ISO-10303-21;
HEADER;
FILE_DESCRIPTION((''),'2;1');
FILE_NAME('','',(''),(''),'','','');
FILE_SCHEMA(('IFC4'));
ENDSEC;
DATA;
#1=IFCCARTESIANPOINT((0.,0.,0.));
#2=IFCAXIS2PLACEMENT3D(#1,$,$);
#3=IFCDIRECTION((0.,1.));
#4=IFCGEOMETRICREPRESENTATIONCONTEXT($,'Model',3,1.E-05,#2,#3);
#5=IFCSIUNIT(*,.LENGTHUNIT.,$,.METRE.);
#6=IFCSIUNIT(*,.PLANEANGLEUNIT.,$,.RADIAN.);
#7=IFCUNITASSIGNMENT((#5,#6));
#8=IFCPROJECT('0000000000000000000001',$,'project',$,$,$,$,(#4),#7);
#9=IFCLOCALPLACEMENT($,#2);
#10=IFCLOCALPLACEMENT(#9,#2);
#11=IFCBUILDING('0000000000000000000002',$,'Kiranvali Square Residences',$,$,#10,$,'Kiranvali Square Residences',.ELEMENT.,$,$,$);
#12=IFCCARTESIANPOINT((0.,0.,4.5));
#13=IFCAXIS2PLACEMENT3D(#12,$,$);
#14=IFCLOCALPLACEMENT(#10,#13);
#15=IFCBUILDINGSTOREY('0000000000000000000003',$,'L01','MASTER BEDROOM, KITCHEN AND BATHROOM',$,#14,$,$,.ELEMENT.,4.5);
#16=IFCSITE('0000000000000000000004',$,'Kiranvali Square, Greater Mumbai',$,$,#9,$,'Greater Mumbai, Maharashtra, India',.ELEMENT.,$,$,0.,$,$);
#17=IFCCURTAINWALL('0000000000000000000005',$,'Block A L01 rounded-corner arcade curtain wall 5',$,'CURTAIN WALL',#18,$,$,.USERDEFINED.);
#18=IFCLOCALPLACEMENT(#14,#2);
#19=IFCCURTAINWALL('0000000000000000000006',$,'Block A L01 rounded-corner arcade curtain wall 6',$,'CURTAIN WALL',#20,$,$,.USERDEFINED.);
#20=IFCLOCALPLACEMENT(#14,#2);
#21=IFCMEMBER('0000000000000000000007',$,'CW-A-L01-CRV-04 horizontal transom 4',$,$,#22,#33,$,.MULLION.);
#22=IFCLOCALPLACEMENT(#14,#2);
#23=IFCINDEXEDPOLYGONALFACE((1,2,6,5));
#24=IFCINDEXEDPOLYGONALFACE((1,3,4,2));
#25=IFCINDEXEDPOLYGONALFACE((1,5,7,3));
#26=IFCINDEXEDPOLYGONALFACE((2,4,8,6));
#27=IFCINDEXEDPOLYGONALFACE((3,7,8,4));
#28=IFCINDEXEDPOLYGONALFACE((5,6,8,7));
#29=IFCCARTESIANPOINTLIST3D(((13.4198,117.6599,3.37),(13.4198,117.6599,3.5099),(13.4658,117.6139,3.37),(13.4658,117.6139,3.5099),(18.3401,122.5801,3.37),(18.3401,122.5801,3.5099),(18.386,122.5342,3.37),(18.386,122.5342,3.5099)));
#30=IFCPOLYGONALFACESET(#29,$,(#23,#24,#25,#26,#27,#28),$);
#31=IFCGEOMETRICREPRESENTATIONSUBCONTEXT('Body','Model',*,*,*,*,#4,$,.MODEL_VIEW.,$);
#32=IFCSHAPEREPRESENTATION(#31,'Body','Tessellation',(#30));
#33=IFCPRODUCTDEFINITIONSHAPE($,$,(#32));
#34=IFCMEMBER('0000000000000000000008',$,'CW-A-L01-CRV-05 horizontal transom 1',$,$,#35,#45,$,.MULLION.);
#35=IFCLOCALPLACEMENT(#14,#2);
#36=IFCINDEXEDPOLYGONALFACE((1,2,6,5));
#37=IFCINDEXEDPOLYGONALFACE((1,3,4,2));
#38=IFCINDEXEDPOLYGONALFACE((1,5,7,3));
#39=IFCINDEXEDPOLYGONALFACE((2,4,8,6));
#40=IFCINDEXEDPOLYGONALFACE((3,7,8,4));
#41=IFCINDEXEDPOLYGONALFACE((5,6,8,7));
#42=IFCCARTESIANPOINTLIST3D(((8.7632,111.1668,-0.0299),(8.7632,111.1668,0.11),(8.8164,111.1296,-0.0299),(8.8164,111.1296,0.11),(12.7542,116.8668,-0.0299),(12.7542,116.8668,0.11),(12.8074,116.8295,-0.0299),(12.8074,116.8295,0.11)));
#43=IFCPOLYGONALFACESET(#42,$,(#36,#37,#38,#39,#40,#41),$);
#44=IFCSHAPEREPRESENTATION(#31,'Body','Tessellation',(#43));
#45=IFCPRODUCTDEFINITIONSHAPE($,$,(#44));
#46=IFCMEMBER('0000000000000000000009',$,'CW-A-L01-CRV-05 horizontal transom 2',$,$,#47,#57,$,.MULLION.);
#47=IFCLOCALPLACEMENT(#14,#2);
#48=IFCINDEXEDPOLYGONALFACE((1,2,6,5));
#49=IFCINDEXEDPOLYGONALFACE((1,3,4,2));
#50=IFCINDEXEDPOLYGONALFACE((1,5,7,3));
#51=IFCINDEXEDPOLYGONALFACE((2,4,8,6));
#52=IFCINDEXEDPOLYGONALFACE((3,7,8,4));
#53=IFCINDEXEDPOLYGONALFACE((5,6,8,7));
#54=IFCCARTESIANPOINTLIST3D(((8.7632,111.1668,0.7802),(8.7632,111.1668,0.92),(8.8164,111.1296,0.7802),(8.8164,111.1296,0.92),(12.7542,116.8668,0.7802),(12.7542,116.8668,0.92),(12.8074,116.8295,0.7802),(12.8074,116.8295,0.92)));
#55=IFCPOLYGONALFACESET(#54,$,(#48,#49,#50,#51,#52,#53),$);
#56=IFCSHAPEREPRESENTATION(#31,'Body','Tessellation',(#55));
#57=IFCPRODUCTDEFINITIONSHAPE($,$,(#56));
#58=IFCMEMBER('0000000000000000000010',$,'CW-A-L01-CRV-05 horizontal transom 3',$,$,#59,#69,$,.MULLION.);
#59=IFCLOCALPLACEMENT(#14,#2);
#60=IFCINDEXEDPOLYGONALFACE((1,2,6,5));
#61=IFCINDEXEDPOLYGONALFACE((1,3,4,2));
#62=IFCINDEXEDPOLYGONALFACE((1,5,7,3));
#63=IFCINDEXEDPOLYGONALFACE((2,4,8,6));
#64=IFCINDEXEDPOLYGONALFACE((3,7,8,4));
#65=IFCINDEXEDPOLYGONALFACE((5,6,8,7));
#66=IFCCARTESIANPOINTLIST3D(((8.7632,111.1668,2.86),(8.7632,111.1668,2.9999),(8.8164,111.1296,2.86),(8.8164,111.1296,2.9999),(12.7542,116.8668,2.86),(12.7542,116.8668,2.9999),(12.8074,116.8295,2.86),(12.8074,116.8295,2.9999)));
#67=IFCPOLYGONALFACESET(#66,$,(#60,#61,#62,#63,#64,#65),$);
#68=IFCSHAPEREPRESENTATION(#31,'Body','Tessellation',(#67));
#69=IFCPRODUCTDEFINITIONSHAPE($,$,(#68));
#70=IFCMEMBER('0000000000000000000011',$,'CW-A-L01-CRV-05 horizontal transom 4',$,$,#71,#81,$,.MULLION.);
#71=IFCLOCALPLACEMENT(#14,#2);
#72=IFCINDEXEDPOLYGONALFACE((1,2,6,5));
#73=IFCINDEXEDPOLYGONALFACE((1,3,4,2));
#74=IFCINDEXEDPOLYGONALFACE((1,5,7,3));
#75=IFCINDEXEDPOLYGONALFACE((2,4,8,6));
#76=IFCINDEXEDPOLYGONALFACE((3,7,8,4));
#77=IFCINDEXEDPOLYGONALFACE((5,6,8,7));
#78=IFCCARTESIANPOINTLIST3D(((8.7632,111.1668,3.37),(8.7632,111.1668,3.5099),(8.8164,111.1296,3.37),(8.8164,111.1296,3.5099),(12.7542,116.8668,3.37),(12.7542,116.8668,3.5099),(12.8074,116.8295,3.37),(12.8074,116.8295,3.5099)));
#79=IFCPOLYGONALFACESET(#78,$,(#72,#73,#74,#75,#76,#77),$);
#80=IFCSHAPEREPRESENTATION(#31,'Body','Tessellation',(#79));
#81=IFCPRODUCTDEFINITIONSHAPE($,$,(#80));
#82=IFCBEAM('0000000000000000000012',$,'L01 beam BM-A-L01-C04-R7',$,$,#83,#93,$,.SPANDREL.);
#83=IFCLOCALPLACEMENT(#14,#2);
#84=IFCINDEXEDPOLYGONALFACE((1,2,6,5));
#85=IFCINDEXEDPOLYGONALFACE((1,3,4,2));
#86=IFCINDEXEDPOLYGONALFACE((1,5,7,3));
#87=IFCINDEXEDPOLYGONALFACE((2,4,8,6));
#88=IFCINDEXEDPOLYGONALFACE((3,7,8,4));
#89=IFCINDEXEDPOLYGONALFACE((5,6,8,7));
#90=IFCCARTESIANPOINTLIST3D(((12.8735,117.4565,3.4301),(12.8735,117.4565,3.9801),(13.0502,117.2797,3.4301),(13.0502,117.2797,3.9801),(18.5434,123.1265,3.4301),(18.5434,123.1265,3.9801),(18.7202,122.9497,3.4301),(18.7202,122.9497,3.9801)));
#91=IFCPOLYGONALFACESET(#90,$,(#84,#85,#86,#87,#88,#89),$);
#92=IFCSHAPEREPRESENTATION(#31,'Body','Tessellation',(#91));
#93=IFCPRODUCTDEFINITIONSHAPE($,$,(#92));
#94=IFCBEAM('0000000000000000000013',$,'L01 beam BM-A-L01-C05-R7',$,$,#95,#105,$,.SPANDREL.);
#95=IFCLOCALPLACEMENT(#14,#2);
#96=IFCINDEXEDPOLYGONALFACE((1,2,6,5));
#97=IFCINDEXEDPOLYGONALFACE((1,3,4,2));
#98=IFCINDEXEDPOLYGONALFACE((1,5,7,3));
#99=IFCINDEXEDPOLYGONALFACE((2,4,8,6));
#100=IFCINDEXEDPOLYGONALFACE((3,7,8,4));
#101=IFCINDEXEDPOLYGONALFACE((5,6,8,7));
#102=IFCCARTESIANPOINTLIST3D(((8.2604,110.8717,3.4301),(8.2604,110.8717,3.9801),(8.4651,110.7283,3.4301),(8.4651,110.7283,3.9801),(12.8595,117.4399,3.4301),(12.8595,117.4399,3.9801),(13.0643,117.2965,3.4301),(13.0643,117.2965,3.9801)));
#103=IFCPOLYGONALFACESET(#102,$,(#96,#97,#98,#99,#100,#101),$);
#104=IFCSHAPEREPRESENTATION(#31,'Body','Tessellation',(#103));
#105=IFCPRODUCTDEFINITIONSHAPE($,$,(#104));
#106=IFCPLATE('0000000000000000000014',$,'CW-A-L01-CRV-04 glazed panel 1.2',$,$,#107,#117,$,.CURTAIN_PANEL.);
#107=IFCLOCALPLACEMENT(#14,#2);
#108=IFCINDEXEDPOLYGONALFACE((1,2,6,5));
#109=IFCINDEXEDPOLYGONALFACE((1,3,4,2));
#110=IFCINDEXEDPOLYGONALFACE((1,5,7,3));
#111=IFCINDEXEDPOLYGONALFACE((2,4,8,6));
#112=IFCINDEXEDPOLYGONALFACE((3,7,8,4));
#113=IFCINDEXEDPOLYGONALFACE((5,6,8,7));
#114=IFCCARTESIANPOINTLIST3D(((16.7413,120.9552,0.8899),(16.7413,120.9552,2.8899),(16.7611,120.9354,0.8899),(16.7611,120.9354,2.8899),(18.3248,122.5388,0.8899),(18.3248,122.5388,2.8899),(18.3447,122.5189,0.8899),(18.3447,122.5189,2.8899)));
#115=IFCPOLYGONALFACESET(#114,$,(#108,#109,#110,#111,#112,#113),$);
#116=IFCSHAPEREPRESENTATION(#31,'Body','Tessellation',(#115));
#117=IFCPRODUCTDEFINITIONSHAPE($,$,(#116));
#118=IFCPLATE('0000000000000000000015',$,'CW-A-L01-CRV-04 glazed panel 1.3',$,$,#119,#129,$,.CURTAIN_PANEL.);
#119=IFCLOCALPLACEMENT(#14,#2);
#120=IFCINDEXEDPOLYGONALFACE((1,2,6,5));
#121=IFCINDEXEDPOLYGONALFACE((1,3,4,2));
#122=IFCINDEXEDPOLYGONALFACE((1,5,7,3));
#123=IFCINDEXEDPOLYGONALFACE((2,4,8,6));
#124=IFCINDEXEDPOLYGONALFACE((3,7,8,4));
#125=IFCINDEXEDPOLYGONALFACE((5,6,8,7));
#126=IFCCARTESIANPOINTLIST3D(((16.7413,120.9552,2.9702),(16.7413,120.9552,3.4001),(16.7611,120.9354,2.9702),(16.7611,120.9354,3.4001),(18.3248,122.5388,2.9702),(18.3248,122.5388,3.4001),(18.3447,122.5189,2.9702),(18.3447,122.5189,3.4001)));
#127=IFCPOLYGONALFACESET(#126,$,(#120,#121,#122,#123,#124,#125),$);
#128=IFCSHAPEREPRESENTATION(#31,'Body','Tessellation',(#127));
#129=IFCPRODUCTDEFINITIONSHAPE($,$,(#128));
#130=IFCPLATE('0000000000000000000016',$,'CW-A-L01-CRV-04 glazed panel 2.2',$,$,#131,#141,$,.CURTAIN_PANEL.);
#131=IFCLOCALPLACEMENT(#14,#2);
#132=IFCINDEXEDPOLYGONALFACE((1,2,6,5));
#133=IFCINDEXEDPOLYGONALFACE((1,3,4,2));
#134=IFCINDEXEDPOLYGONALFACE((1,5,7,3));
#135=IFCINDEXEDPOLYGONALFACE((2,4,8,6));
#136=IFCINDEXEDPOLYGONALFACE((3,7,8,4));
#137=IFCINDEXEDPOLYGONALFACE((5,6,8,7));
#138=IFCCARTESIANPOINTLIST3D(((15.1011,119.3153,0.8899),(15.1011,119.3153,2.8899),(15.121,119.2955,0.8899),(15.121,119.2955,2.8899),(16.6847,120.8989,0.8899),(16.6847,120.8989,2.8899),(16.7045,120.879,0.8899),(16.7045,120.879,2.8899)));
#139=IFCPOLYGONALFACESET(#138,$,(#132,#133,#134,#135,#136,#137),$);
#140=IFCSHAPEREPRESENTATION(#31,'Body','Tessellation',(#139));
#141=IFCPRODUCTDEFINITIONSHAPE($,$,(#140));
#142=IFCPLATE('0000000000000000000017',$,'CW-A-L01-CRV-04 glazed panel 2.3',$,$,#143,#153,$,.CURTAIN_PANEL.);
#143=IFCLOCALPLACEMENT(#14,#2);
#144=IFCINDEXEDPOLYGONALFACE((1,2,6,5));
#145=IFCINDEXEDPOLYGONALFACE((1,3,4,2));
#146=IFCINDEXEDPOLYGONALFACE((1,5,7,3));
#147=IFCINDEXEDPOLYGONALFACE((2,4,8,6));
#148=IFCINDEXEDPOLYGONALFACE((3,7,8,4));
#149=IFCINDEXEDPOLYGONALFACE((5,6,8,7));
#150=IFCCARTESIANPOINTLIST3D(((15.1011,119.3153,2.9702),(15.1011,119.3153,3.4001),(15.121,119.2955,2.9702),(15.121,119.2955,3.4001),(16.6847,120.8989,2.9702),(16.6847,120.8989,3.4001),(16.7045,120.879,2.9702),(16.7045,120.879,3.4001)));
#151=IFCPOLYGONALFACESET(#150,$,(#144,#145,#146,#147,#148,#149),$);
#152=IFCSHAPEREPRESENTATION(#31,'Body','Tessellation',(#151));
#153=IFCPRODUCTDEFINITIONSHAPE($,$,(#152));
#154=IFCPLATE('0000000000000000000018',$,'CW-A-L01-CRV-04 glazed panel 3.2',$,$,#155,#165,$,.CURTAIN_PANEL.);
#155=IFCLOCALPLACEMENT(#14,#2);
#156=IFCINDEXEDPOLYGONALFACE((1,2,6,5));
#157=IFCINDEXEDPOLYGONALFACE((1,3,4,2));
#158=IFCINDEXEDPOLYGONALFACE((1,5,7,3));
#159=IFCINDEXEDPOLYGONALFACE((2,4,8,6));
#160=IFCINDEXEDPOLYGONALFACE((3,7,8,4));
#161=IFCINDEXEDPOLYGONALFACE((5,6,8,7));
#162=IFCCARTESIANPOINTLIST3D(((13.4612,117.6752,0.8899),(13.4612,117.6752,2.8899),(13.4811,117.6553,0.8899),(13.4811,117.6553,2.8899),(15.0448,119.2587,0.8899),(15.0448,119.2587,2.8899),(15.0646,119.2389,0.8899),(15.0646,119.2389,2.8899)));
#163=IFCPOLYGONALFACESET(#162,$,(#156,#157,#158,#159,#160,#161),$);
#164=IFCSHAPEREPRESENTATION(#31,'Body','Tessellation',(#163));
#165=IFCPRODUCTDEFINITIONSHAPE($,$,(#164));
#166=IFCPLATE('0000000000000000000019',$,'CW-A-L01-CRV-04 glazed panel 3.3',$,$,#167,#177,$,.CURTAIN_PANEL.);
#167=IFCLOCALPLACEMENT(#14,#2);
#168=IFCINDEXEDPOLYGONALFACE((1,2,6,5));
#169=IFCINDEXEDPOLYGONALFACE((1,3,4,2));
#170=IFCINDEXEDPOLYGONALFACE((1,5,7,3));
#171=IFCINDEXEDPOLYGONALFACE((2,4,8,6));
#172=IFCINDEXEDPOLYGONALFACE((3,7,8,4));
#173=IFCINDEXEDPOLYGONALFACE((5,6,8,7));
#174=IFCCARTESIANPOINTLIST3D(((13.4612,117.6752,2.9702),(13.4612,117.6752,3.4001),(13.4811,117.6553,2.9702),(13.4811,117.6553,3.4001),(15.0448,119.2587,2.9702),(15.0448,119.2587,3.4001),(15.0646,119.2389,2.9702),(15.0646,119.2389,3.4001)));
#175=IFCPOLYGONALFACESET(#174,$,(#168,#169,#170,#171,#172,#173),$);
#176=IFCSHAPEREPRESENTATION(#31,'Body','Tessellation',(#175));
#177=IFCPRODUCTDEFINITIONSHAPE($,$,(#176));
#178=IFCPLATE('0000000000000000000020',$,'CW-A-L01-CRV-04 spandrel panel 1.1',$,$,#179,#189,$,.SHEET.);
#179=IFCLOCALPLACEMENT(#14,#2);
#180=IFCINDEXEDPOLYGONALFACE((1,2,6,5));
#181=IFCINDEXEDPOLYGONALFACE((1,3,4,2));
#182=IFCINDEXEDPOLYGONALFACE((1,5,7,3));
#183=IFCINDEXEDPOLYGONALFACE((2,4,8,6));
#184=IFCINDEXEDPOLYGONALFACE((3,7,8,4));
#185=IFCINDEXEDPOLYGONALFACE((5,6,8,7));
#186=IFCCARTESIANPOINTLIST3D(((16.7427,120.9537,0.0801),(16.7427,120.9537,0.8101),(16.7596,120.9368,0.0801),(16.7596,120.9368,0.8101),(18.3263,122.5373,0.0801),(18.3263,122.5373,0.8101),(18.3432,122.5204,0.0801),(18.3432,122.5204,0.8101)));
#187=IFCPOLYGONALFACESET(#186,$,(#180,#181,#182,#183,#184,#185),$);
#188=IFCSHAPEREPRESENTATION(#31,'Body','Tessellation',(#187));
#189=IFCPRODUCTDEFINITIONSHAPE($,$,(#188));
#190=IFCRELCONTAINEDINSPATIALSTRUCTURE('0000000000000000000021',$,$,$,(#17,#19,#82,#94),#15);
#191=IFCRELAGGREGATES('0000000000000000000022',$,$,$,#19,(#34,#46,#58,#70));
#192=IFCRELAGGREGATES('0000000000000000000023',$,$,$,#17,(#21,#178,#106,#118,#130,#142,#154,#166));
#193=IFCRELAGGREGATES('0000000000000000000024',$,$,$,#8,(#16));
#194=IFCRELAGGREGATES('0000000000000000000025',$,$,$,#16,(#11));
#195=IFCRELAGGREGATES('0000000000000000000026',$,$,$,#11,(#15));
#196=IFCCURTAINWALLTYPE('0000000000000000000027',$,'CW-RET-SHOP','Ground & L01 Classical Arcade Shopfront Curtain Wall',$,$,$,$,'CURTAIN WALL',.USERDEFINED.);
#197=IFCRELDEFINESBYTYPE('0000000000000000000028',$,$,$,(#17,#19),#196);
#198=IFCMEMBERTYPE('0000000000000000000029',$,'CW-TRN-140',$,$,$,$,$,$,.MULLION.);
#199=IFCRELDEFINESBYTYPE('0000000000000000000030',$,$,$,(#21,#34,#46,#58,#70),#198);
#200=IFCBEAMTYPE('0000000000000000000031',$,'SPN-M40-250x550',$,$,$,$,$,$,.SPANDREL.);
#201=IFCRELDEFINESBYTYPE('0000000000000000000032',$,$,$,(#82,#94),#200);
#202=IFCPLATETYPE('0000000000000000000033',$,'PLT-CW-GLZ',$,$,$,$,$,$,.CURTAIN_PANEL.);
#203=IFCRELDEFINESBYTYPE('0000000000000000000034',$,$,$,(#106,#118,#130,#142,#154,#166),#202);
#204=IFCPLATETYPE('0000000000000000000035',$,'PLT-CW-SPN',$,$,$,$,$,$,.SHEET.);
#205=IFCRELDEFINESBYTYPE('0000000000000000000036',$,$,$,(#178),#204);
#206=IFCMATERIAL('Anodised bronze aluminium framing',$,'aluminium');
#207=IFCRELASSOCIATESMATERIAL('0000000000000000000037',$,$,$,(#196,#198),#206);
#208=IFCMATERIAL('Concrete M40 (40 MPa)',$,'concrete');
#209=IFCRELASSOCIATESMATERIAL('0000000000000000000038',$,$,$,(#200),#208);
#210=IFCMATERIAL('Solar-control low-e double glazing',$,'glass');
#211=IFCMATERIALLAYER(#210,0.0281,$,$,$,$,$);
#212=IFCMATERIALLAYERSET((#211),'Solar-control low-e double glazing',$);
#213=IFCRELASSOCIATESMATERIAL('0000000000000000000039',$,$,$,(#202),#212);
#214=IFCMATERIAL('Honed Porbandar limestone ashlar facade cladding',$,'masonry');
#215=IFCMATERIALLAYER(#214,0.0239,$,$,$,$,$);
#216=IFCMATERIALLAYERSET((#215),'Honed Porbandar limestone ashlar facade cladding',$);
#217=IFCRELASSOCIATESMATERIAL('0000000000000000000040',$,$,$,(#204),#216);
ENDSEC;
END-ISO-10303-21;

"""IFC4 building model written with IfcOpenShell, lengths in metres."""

from ifc_helpers import new_model, si_unit, direction, frame, origin, origin_2d, place, context, subcontext, project, spatial, rectangle, extrude, material, layer, layer_set, material_profile, profile_set, type_object, element, aggregate, save


model = new_model("IFC4")

# Units and contexts
model_context = context("Model", 3, precision=1e-05, world=origin(), true_north=direction((0.0, 1.0)))
body_context = subcontext(model_context, "Body", "Model", "MODEL_VIEW")
ifc_project = project(units=[si_unit("LENGTHUNIT", "METRE"), si_unit("PLANEANGLEUNIT", "RADIAN")], contexts=[model_context])

# Site, building, storey
site_placement = place(None, origin())
site = spatial("IfcSite", under=ifc_project, at=site_placement, Name="Kiranvali Square, Greater Mumbai", LongName="Greater Mumbai, Maharashtra, India", CompositionType="ELEMENT", RefElevation=0.0)
building_placement = place(site_placement, origin())
building = spatial("IfcBuilding", under=site, at=building_placement, Name="Kiranvali Square Residences", LongName="Kiranvali Square Residences", CompositionType="ELEMENT")
storey_placement = place(building_placement, frame((0.0, 0.0, 4.5)))
storey = spatial("IfcBuildingStorey", under=building, at=storey_placement, Name="L01", Description="MASTER BEDROOM, KITCHEN AND BATHROOM", CompositionType="ELEMENT", Elevation=4.5)

# Shared definitions
ifc_material_1 = material(Name="Concrete M40 (40 MPa)", Category="concrete")

# Shared definitions
ifc_material_2 = material(Name="Anodised bronze aluminium framing", Category="aluminium")
curtain_wall_type = type_object("IfcCurtainWallType", Name="CW-RET-SHOP", Description="Ground & L01 Classical Arcade Shopfront Curtain Wall", ElementType="CURTAIN WALL", PredefinedType="USERDEFINED", material=ifc_material_2)

# Curtain wall
curtain_wall_1_placement = place(storey_placement, origin())
curtain_wall_1 = element("IfcCurtainWall", 1, at=curtain_wall_1_placement, inside=storey, type_object=curtain_wall_type, Name="Block A L01 rounded-corner arcade curtain wall 5", ObjectType="CURTAIN WALL", PredefinedType="USERDEFINED")

# Curtain wall
curtain_wall_2_placement = place(storey_placement, origin())
curtain_wall_2 = element("IfcCurtainWall", 2, at=curtain_wall_2_placement, inside=storey, type_object=curtain_wall_type, Name="Block A L01 rounded-corner arcade curtain wall 6", ObjectType="CURTAIN WALL", PredefinedType="USERDEFINED")

# Members
ifc_material_profile_1 = material_profile(ifc_material_2, rectangle(XDim=0.0649, YDim=0.1399, at=origin_2d()), Name="ALU 65x140")
ifc_profile_set_1 = profile_set([ifc_material_profile_1], Name="Anodised bronze aluminium framing")
member_type_1 = type_object("IfcMemberType", Name="CW-TRN-140", PredefinedType="MULLION", material=ifc_profile_set_1)
member_1_placement = place(storey_placement, frame((18.363, 122.5571, 3.4399), z_axis=(-0.707107, -0.707107, 0.0), x_axis=(0.707107, -0.707107, 0.0)))
member_1 = element("IfcMember", 3, at=member_1_placement, type_object=member_type_1, Name="CW-A-L01-CRV-04 horizontal transom 4", PredefinedType="MULLION", context=body_context, shape_type="SweptSolid", body=[
    extrude(rectangle(XDim=0.0649, YDim=0.1399, at=origin_2d()), origin(), (0.0, 0.0, 1.0), 6.9583),
])
member_2_placement = place(storey_placement, frame((12.7808, 116.8481, 0.04), z_axis=(-0.573559, -0.819164, 0.0), x_axis=(0.819164, -0.573559, 0.0)))
member_2 = element("IfcMember", 4, at=member_2_placement, type_object=member_type_1, Name="CW-A-L01-CRV-05 horizontal transom 1", PredefinedType="MULLION", context=body_context, shape_type="SweptSolid", body=[
    extrude(rectangle(XDim=0.0649, YDim=0.1399, at=origin_2d()), origin(), (0.0, 0.0, 1.0), 6.9583),
])
member_3_placement = place(storey_placement, frame((12.7808, 116.8481, 0.8501), z_axis=(-0.573559, -0.819164, 0.0), x_axis=(0.819164, -0.573559, 0.0)))
member_3 = element("IfcMember", 5, at=member_3_placement, type_object=member_type_1, Name="CW-A-L01-CRV-05 horizontal transom 2", PredefinedType="MULLION", context=body_context, shape_type="SweptSolid", body=[
    extrude(rectangle(XDim=0.0649, YDim=0.1399, at=origin_2d()), origin(), (0.0, 0.0, 1.0), 6.9583),
])
member_4_placement = place(storey_placement, frame((12.7808, 116.8481, 2.9299), z_axis=(-0.573559, -0.819164, 0.0), x_axis=(0.819164, -0.573559, 0.0)))
member_4 = element("IfcMember", 6, at=member_4_placement, type_object=member_type_1, Name="CW-A-L01-CRV-05 horizontal transom 3", PredefinedType="MULLION", context=body_context, shape_type="SweptSolid", body=[
    extrude(rectangle(XDim=0.0649, YDim=0.1399, at=origin_2d()), origin(), (0.0, 0.0, 1.0), 6.9583),
])
member_5_placement = place(storey_placement, frame((12.7808, 116.8481, 3.4399), z_axis=(-0.573559, -0.819164, 0.0), x_axis=(0.819164, -0.573559, 0.0)))
member_5 = element("IfcMember", 7, at=member_5_placement, type_object=member_type_1, Name="CW-A-L01-CRV-05 horizontal transom 4", PredefinedType="MULLION", context=body_context, shape_type="SweptSolid", body=[
    extrude(rectangle(XDim=0.0649, YDim=0.1399, at=origin_2d()), origin(), (0.0, 0.0, 1.0), 6.9583),
])
aggregate(curtain_wall_2, [member_2, member_3, member_4, member_5])

# Beams
ifc_material_profile_2 = material_profile(ifc_material_1, rectangle(XDim=0.25, YDim=0.55, at=origin_2d()), Name="RC 250x550")
ifc_profile_set_2 = profile_set([ifc_material_profile_2], Name="Concrete M40 (40 MPa)")
beam_type_1 = type_object("IfcBeamType", Name="SPN-M40-250x550", PredefinedType="SPANDREL", material=ifc_profile_set_2)
beam_1_placement = place(storey_placement, frame((18.6318, 123.0381, 3.7051), z_axis=(-0.707107, -0.707107, 0.0), x_axis=(0.707107, -0.707107, 0.0)))
element("IfcBeam", 8, at=beam_1_placement, inside=storey, type_object=beam_type_1, Name="L01 beam BM-A-L01-C04-R7", PredefinedType="SPANDREL", context=body_context, shape_type="SweptSolid", body=[
    extrude(rectangle(XDim=0.25, YDim=0.55, at=origin_2d()), origin(), (0.0, 0.0, 1.0), 8.0186),
])
beam_2_placement = place(storey_placement, frame((12.9619, 117.3682, 3.7051), z_axis=(-0.573583, -0.819148, 0.0), x_axis=(0.819148, -0.573583, 0.0)))
element("IfcBeam", 9, at=beam_2_placement, inside=storey, type_object=beam_type_1, Name="L01 beam BM-A-L01-C05-R7", PredefinedType="SPANDREL", context=body_context, shape_type="SweptSolid", body=[
    extrude(rectangle(XDim=0.25, YDim=0.55, at=origin_2d()), origin(), (0.0, 0.0, 1.0), 8.0183),
])

# Plates
ifc_material_3 = material(Name="Solar-control low-e double glazing", Category="glass")
ifc_layer_1 = layer(ifc_material_3, 0.0281)
ifc_layer_set_1 = layer_set([ifc_layer_1], Name="Solar-control low-e double glazing")
plate_type_1 = type_object("IfcPlateType", Name="PLT-CW-GLZ", PredefinedType="CURTAIN_PANEL", material=ifc_layer_set_1)
plate_1_placement = place(storey_placement, frame((17.543, 121.7371, 0.8899), z_axis=(0.0, 0.0, 1.0), x_axis=(-0.707107, -0.707107, 0.0)))
plate_1 = element("IfcPlate", 10, at=plate_1_placement, type_object=plate_type_1, Name="CW-A-L01-CRV-04 glazed panel 1.2", PredefinedType="CURTAIN_PANEL", context=body_context, shape_type="SweptSolid", body=[
    extrude(rectangle(XDim=2.2395, YDim=0.0281, at=origin_2d()), origin(), (0.0, 0.0, 1.0), 2.0),
])
plate_2_placement = place(storey_placement, frame((17.543, 121.7371, 2.9702), z_axis=(0.0, 0.0, 1.0), x_axis=(-0.707107, -0.707107, 0.0)))
plate_2 = element("IfcPlate", 11, at=plate_2_placement, type_object=plate_type_1, Name="CW-A-L01-CRV-04 glazed panel 1.3", PredefinedType="CURTAIN_PANEL", context=body_context, shape_type="SweptSolid", body=[
    extrude(rectangle(XDim=2.2395, YDim=0.0281, at=origin_2d()), origin(), (0.0, 0.0, 1.0), 0.4299),
])
plate_3_placement = place(storey_placement, frame((15.9028, 120.0972, 0.8899), z_axis=(0.0, 0.0, 1.0), x_axis=(-0.707107, -0.707107, 0.0)))
plate_3 = element("IfcPlate", 12, at=plate_3_placement, type_object=plate_type_1, Name="CW-A-L01-CRV-04 glazed panel 2.2", PredefinedType="CURTAIN_PANEL", context=body_context, shape_type="SweptSolid", body=[
    extrude(rectangle(XDim=2.2395, YDim=0.0281, at=origin_2d()), origin(), (0.0, 0.0, 1.0), 2.0),
])
plate_4_placement = place(storey_placement, frame((15.9028, 120.0972, 2.9702), z_axis=(0.0, 0.0, 1.0), x_axis=(-0.707107, -0.707107, 0.0)))
plate_4 = element("IfcPlate", 13, at=plate_4_placement, type_object=plate_type_1, Name="CW-A-L01-CRV-04 glazed panel 2.3", PredefinedType="CURTAIN_PANEL", context=body_context, shape_type="SweptSolid", body=[
    extrude(rectangle(XDim=2.2395, YDim=0.0281, at=origin_2d()), origin(), (0.0, 0.0, 1.0), 0.4299),
])
plate_5_placement = place(storey_placement, frame((14.2629, 118.457, 0.8899), z_axis=(0.0, 0.0, 1.0), x_axis=(-0.707107, -0.707107, 0.0)))
plate_5 = element("IfcPlate", 14, at=plate_5_placement, type_object=plate_type_1, Name="CW-A-L01-CRV-04 glazed panel 3.2", PredefinedType="CURTAIN_PANEL", context=body_context, shape_type="SweptSolid", body=[
    extrude(rectangle(XDim=2.2395, YDim=0.0281, at=origin_2d()), origin(), (0.0, 0.0, 1.0), 2.0),
])
plate_6_placement = place(storey_placement, frame((14.2629, 118.457, 2.9702), z_axis=(0.0, 0.0, 1.0), x_axis=(-0.707107, -0.707107, 0.0)))
plate_6 = element("IfcPlate", 15, at=plate_6_placement, type_object=plate_type_1, Name="CW-A-L01-CRV-04 glazed panel 3.3", PredefinedType="CURTAIN_PANEL", context=body_context, shape_type="SweptSolid", body=[
    extrude(rectangle(XDim=2.2395, YDim=0.0281, at=origin_2d()), origin(), (0.0, 0.0, 1.0), 0.4299),
])
ifc_material_4 = material(Name="Honed Porbandar limestone ashlar facade cladding", Category="masonry")
ifc_layer_2 = layer(ifc_material_4, 0.0239)
ifc_layer_set_2 = layer_set([ifc_layer_2], Name="Honed Porbandar limestone ashlar facade cladding")
plate_type_2 = type_object("IfcPlateType", Name="PLT-CW-SPN", PredefinedType="SHEET", material=ifc_layer_set_2)
plate_7_placement = place(storey_placement, frame((17.543, 121.7371, 0.0801), z_axis=(0.0, 0.0, 1.0), x_axis=(-0.707107, -0.707107, 0.0)))
plate_7 = element("IfcPlate", 16, at=plate_7_placement, type_object=plate_type_2, Name="CW-A-L01-CRV-04 spandrel panel 1.1", PredefinedType="SHEET", context=body_context, shape_type="SweptSolid", body=[
    extrude(rectangle(XDim=2.2395, YDim=0.0239, at=origin_2d()), origin(), (0.0, 0.0, 1.0), 0.73),
])
aggregate(curtain_wall_1, [member_1, plate_7, plate_1, plate_2, plate_3, plate_4, plate_5, plate_6])

save(model, "model.ifc")
